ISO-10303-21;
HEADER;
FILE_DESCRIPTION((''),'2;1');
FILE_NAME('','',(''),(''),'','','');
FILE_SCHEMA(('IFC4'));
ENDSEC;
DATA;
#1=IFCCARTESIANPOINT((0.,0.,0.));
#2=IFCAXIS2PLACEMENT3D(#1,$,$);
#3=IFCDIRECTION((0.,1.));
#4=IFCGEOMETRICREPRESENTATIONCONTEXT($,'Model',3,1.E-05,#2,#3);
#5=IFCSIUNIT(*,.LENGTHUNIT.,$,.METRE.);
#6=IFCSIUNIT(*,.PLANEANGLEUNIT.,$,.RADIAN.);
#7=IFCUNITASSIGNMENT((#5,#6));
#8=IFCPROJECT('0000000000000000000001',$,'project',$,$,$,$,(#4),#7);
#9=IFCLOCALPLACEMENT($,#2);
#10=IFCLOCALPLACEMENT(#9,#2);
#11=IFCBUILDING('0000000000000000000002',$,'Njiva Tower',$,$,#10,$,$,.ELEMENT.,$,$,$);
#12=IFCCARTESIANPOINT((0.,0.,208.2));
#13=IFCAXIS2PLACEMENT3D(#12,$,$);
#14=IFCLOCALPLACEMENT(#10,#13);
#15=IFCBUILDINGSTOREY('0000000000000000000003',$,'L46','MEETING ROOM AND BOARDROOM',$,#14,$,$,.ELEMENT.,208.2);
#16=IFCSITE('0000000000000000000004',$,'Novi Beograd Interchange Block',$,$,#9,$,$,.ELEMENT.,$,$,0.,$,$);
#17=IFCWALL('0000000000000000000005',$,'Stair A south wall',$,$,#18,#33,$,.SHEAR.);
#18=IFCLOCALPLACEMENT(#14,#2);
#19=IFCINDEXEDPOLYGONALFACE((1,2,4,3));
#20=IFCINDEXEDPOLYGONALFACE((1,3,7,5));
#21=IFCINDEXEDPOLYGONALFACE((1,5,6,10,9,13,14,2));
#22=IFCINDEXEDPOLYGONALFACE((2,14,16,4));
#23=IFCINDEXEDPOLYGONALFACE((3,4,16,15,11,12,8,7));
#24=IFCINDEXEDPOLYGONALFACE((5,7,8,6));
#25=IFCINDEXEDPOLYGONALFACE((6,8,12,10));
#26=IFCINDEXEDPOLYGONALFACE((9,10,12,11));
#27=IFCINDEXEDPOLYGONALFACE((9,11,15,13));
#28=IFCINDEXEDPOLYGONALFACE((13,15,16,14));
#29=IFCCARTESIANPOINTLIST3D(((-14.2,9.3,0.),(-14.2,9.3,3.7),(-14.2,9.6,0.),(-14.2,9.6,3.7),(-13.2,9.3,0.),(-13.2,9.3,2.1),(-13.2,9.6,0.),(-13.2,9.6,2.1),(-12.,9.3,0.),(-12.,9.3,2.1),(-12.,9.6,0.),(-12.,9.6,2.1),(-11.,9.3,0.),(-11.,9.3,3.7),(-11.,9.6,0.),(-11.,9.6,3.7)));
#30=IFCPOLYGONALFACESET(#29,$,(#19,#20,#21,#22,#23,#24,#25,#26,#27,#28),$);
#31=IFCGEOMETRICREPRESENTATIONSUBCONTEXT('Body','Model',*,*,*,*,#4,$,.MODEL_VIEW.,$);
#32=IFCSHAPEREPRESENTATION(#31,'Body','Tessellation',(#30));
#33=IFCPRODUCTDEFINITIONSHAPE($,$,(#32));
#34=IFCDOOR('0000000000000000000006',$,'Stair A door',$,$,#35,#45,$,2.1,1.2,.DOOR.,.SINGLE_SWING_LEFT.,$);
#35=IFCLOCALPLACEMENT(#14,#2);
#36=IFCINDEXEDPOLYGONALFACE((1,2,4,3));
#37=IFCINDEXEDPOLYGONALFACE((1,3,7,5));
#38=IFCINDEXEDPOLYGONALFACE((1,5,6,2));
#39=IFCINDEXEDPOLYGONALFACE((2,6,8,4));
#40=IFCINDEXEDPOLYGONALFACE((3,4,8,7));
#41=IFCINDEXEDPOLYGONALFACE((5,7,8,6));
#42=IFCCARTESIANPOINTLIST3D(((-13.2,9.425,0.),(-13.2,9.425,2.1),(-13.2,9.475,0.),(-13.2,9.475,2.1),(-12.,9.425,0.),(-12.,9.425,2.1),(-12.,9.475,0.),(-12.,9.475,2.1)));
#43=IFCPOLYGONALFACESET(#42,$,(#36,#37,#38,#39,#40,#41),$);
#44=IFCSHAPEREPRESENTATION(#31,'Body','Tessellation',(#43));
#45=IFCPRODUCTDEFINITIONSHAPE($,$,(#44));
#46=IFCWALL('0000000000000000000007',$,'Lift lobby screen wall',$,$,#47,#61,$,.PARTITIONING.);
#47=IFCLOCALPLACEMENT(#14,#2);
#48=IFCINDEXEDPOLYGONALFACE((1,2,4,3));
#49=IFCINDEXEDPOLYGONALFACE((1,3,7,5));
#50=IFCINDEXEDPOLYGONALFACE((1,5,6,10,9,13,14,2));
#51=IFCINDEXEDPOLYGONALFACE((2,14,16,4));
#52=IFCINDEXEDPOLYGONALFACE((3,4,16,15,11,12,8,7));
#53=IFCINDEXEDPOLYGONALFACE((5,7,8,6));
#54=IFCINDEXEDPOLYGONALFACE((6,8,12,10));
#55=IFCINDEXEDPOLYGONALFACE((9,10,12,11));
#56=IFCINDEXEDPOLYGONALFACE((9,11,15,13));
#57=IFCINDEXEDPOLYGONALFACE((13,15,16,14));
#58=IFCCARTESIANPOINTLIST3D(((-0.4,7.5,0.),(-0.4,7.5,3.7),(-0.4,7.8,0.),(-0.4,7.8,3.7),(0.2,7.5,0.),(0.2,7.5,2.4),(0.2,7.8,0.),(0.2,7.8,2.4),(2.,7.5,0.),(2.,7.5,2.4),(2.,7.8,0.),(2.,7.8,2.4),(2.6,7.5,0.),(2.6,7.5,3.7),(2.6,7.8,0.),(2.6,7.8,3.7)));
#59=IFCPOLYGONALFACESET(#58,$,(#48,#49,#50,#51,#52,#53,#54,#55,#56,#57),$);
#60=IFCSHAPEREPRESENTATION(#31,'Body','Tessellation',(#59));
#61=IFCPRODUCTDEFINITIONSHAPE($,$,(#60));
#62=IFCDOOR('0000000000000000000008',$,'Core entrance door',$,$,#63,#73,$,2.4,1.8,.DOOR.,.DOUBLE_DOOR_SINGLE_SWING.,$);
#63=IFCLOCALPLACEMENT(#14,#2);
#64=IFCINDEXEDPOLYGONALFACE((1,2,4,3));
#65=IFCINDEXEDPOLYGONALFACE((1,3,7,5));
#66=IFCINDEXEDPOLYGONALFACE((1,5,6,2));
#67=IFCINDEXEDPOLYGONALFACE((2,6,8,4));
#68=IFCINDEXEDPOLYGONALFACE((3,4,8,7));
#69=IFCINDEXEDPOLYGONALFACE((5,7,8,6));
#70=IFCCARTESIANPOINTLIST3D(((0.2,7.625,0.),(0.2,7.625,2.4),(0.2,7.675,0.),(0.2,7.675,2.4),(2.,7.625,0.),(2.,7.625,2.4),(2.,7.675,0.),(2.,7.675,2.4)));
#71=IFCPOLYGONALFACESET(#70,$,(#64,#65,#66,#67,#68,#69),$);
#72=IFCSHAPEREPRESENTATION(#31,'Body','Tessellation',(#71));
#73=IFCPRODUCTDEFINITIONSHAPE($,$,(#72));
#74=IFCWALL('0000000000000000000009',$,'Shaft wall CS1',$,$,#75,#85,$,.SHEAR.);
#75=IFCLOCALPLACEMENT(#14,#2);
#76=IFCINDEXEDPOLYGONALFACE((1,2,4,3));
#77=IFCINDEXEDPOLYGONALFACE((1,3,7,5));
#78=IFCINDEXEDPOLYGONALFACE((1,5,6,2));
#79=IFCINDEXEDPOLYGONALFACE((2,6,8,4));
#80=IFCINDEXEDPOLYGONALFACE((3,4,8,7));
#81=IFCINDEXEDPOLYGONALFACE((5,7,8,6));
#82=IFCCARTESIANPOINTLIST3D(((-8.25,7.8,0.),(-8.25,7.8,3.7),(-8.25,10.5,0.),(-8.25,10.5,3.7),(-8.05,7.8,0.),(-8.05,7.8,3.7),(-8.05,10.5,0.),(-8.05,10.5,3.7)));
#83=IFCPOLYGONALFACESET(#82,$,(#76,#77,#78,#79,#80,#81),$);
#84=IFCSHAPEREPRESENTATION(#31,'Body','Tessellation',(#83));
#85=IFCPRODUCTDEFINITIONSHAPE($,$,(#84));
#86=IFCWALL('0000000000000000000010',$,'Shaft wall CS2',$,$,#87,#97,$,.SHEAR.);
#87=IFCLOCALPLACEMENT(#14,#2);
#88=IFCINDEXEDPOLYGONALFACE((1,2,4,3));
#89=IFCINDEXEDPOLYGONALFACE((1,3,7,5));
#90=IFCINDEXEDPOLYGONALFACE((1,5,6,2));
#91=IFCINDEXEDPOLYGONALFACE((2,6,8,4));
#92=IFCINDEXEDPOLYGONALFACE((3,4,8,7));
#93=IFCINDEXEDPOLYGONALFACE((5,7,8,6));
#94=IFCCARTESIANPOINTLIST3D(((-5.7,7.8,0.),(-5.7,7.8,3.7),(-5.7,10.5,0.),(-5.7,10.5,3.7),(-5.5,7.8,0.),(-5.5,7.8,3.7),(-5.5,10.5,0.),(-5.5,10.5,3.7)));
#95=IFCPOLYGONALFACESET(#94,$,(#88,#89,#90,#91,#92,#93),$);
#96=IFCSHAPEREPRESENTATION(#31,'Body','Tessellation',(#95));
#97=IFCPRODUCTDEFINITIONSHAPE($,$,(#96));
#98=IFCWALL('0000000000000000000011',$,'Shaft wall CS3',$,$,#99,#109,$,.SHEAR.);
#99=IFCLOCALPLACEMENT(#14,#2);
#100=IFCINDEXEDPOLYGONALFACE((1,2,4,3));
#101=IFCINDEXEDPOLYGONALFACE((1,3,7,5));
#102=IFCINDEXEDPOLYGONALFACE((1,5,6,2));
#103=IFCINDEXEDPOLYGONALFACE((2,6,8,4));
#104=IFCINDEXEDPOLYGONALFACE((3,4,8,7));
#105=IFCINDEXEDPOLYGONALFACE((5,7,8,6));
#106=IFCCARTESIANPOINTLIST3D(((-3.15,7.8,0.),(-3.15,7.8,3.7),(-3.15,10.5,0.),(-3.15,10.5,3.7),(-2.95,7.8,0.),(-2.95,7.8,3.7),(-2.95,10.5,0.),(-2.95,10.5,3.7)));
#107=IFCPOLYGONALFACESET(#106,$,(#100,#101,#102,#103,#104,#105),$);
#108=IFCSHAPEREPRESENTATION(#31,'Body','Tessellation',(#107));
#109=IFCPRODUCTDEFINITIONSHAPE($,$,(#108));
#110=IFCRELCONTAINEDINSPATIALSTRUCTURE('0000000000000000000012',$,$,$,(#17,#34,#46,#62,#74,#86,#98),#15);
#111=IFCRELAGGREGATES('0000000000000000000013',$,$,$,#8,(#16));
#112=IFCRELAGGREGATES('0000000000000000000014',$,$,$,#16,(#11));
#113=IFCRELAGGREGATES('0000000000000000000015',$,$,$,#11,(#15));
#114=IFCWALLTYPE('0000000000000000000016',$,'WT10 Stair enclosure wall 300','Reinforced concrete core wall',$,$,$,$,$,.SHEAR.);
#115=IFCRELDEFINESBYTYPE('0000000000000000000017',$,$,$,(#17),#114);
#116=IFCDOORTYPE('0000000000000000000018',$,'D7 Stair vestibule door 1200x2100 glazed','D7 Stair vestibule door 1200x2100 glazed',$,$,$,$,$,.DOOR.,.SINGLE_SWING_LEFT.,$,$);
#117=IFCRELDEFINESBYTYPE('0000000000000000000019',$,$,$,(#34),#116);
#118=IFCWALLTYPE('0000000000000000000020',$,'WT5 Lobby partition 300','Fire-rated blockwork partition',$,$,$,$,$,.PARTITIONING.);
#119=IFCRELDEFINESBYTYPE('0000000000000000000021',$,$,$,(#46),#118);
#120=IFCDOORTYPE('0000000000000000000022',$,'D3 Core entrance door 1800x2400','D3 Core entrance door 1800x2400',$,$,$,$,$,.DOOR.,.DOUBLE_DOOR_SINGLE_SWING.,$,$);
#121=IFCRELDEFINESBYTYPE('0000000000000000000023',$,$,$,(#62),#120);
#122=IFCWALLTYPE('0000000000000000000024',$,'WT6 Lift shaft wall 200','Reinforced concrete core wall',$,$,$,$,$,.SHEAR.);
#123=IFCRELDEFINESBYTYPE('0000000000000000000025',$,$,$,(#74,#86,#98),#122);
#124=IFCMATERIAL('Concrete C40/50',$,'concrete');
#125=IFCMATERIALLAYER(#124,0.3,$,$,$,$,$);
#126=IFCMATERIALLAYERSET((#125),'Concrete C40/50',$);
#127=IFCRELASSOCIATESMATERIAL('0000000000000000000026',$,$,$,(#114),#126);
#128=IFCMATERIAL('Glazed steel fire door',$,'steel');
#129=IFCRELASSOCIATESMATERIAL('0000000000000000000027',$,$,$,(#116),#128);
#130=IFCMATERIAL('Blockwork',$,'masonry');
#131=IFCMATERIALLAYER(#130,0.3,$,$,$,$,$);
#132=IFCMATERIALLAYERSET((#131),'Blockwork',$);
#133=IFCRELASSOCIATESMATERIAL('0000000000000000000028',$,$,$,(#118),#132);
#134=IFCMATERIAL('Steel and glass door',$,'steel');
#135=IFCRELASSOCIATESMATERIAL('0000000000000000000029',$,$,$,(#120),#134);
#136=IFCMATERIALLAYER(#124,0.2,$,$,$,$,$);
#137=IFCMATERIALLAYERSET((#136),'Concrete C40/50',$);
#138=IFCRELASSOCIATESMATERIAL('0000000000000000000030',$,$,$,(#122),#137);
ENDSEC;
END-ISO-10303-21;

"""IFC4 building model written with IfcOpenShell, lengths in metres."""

from ifc_helpers import new_model, si_unit, direction, frame, frame_2d, origin, place, context, subcontext, project, spatial, rectangle, extrude, material, layer, layer_set, type_object, element, fill, save


model = new_model("IFC4")

# Units and contexts
model_context = context("Model", 3, precision=1e-05, world=origin(), true_north=direction((0.0, 1.0)))
body_context = subcontext(model_context, "Body", "Model", "MODEL_VIEW")
ifc_project = project(units=[si_unit("LENGTHUNIT", "METRE"), si_unit("PLANEANGLEUNIT", "RADIAN")], contexts=[model_context])

# Site, building, storey
site_placement = place(None, origin())
site = spatial("IfcSite", under=ifc_project, at=site_placement, Name="Novi Beograd Interchange Block", CompositionType="ELEMENT", RefElevation=0.0)
building_placement = place(site_placement, origin())
building = spatial("IfcBuilding", under=site, at=building_placement, Name="Njiva Tower", CompositionType="ELEMENT")
storey_placement = place(building_placement, frame((0.0, 0.0, 208.2)))
storey = spatial("IfcBuildingStorey", under=building, at=storey_placement, Name="L46", Description="MEETING ROOM AND BOARDROOM", CompositionType="ELEMENT", Elevation=208.2)

# Shared definitions
ifc_material_1 = material(Name="Blockwork", Category="masonry")

# Shared definitions
ifc_material_2 = material(Name="Concrete C40/50", Category="concrete")
ifc_layer_1 = layer(ifc_material_2, 0.3)
ifc_layer_set_1 = layer_set([ifc_layer_1], Name="Concrete C40/50")
wall_type_1 = type_object("IfcWallType", Name="WT10 Stair enclosure wall 300", Description="Reinforced concrete core wall", PredefinedType="SHEAR", material=ifc_layer_set_1)
ifc_material_3 = material(Name="Glazed steel fire door", Category="steel")

# Walls, openings, doors
wall_1_placement = place(storey_placement, frame((-14.2, 9.45, 0.0), z_axis=(0.0, 0.0, 1.0), x_axis=(1.0, 0.0, 0.0)))
wall_1 = element("IfcWall", 1, at=wall_1_placement, inside=storey, type_object=wall_type_1, Name="Stair A south wall", PredefinedType="SHEAR", context=body_context, shape_type="SweptSolid", body=[
    extrude(rectangle(XDim=3.2, YDim=0.3, at=frame_2d((1.6, 0.0))), origin(), (0.0, 0.0, 1.0), 3.7),
])
opening_1_placement = place(wall_1_placement, frame((1.0, 0.0, 0.0)))
opening_1 = element("IfcOpeningElement", 2, at=opening_1_placement, cuts=wall_1, PredefinedType="OPENING", context=body_context, shape_type="SweptSolid", body=[
    extrude(rectangle(XDim=1.2, YDim=2.1, at=frame_2d((0.6, 1.05))), frame((0.0, 0.16, 0.0), z_axis=(0.0, -1.0, 0.0), x_axis=(1.0, 0.0, 0.0)), (0.0, 0.0, 1.0), 0.32),
])
door_type_1 = type_object("IfcDoorType", Name="D7 Stair vestibule door 1200x2100 glazed", Description="D7 Stair vestibule door 1200x2100 glazed", OperationType="SINGLE_SWING_LEFT", PredefinedType="DOOR", material=ifc_material_3)
door_1_placement = place(opening_1_placement, origin())
door_1 = element("IfcDoor", 3, at=door_1_placement, inside=storey, type_object=door_type_1, Name="Stair A door", OperationType="SINGLE_SWING_LEFT", OverallHeight=2.1, OverallWidth=1.2, PredefinedType="DOOR", context=body_context, shape_type="SweptSolid", body=[
    extrude(rectangle(XDim=1.2, YDim=2.1, at=frame_2d((0.6, 1.05))), frame((0.0, 0.025, 0.0), z_axis=(0.0, -1.0, 0.0), x_axis=(1.0, 0.0, 0.0)), (0.0, 0.0, 1.0), 0.05),
])
fill(opening_1, door_1)
ifc_layer_2 = layer(ifc_material_1, 0.3)
ifc_layer_set_2 = layer_set([ifc_layer_2], Name="Blockwork")
wall_type_2 = type_object("IfcWallType", Name="WT5 Lobby partition 300", Description="Fire-rated blockwork partition", PredefinedType="PARTITIONING", material=ifc_layer_set_2)
wall_2_placement = place(storey_placement, frame((-0.4, 7.65, 0.0), z_axis=(0.0, 0.0, 1.0), x_axis=(1.0, 0.0, 0.0)))
wall_2 = element("IfcWall", 4, at=wall_2_placement, inside=storey, type_object=wall_type_2, Name="Lift lobby screen wall", PredefinedType="PARTITIONING", context=body_context, shape_type="SweptSolid", body=[
    extrude(rectangle(XDim=3.0, YDim=0.3, at=frame_2d((1.5, 0.0))), origin(), (0.0, 0.0, 1.0), 3.7),
])
opening_2_placement = place(wall_2_placement, frame((0.6, 0.0, 0.0)))
opening_2 = element("IfcOpeningElement", 5, at=opening_2_placement, cuts=wall_2, PredefinedType="OPENING", context=body_context, shape_type="SweptSolid", body=[
    extrude(rectangle(XDim=1.8, YDim=2.4, at=frame_2d((0.9, 1.2))), frame((0.0, 0.16, 0.0), z_axis=(0.0, -1.0, 0.0), x_axis=(1.0, 0.0, 0.0)), (0.0, 0.0, 1.0), 0.32),
])
ifc_material_4 = material(Name="Steel and glass door", Category="steel")
door_type_2 = type_object("IfcDoorType", Name="D3 Core entrance door 1800x2400", Description="D3 Core entrance door 1800x2400", OperationType="DOUBLE_DOOR_SINGLE_SWING", PredefinedType="DOOR", material=ifc_material_4)
door_2_placement = place(opening_2_placement, origin())
door_2 = element("IfcDoor", 6, at=door_2_placement, inside=storey, type_object=door_type_2, Name="Core entrance door", OperationType="DOUBLE_DOOR_SINGLE_SWING", OverallHeight=2.4, OverallWidth=1.8, PredefinedType="DOOR", context=body_context, shape_type="SweptSolid", body=[
    extrude(rectangle(XDim=1.8, YDim=2.4, at=frame_2d((0.9, 1.2))), frame((0.0, 0.025, 0.0), z_axis=(0.0, -1.0, 0.0), x_axis=(1.0, 0.0, 0.0)), (0.0, 0.0, 1.0), 0.05),
])
fill(opening_2, door_2)

# Walls
ifc_layer_3 = layer(ifc_material_2, 0.2)
ifc_layer_set_3 = layer_set([ifc_layer_3], Name="Concrete C40/50")
wall_type_3 = type_object("IfcWallType", Name="WT6 Lift shaft wall 200", Description="Reinforced concrete core wall", PredefinedType="SHEAR", material=ifc_layer_set_3)
for number, where, z_axis, x_axis, name in (
    (7, (-8.15, 7.8, 0.0), (0.0, 0.0, 1.0), (0.0, 1.0, 0.0), "Shaft wall CS1"),
    (8, (-5.6, 7.8, 0.0), (0.0, 0.0, 1.0), (0.0, 1.0, 0.0), "Shaft wall CS2"),
    (9, (-3.05, 7.8, 0.0), (0.0, 0.0, 1.0), (0.0, 1.0, 0.0), "Shaft wall CS3"),
):
    element("IfcWall", number, at=place(storey_placement, frame(where, z_axis=z_axis, x_axis=x_axis)), inside=storey, type_object=wall_type_3, Name=name, PredefinedType="SHEAR", context=body_context, shape_type="SweptSolid", body=[
        extrude(rectangle(XDim=2.7, YDim=0.2, at=frame_2d((1.35, 0.0))), origin(), (0.0, 0.0, 1.0), 3.7),
    ])

save(model, "model.ifc")
